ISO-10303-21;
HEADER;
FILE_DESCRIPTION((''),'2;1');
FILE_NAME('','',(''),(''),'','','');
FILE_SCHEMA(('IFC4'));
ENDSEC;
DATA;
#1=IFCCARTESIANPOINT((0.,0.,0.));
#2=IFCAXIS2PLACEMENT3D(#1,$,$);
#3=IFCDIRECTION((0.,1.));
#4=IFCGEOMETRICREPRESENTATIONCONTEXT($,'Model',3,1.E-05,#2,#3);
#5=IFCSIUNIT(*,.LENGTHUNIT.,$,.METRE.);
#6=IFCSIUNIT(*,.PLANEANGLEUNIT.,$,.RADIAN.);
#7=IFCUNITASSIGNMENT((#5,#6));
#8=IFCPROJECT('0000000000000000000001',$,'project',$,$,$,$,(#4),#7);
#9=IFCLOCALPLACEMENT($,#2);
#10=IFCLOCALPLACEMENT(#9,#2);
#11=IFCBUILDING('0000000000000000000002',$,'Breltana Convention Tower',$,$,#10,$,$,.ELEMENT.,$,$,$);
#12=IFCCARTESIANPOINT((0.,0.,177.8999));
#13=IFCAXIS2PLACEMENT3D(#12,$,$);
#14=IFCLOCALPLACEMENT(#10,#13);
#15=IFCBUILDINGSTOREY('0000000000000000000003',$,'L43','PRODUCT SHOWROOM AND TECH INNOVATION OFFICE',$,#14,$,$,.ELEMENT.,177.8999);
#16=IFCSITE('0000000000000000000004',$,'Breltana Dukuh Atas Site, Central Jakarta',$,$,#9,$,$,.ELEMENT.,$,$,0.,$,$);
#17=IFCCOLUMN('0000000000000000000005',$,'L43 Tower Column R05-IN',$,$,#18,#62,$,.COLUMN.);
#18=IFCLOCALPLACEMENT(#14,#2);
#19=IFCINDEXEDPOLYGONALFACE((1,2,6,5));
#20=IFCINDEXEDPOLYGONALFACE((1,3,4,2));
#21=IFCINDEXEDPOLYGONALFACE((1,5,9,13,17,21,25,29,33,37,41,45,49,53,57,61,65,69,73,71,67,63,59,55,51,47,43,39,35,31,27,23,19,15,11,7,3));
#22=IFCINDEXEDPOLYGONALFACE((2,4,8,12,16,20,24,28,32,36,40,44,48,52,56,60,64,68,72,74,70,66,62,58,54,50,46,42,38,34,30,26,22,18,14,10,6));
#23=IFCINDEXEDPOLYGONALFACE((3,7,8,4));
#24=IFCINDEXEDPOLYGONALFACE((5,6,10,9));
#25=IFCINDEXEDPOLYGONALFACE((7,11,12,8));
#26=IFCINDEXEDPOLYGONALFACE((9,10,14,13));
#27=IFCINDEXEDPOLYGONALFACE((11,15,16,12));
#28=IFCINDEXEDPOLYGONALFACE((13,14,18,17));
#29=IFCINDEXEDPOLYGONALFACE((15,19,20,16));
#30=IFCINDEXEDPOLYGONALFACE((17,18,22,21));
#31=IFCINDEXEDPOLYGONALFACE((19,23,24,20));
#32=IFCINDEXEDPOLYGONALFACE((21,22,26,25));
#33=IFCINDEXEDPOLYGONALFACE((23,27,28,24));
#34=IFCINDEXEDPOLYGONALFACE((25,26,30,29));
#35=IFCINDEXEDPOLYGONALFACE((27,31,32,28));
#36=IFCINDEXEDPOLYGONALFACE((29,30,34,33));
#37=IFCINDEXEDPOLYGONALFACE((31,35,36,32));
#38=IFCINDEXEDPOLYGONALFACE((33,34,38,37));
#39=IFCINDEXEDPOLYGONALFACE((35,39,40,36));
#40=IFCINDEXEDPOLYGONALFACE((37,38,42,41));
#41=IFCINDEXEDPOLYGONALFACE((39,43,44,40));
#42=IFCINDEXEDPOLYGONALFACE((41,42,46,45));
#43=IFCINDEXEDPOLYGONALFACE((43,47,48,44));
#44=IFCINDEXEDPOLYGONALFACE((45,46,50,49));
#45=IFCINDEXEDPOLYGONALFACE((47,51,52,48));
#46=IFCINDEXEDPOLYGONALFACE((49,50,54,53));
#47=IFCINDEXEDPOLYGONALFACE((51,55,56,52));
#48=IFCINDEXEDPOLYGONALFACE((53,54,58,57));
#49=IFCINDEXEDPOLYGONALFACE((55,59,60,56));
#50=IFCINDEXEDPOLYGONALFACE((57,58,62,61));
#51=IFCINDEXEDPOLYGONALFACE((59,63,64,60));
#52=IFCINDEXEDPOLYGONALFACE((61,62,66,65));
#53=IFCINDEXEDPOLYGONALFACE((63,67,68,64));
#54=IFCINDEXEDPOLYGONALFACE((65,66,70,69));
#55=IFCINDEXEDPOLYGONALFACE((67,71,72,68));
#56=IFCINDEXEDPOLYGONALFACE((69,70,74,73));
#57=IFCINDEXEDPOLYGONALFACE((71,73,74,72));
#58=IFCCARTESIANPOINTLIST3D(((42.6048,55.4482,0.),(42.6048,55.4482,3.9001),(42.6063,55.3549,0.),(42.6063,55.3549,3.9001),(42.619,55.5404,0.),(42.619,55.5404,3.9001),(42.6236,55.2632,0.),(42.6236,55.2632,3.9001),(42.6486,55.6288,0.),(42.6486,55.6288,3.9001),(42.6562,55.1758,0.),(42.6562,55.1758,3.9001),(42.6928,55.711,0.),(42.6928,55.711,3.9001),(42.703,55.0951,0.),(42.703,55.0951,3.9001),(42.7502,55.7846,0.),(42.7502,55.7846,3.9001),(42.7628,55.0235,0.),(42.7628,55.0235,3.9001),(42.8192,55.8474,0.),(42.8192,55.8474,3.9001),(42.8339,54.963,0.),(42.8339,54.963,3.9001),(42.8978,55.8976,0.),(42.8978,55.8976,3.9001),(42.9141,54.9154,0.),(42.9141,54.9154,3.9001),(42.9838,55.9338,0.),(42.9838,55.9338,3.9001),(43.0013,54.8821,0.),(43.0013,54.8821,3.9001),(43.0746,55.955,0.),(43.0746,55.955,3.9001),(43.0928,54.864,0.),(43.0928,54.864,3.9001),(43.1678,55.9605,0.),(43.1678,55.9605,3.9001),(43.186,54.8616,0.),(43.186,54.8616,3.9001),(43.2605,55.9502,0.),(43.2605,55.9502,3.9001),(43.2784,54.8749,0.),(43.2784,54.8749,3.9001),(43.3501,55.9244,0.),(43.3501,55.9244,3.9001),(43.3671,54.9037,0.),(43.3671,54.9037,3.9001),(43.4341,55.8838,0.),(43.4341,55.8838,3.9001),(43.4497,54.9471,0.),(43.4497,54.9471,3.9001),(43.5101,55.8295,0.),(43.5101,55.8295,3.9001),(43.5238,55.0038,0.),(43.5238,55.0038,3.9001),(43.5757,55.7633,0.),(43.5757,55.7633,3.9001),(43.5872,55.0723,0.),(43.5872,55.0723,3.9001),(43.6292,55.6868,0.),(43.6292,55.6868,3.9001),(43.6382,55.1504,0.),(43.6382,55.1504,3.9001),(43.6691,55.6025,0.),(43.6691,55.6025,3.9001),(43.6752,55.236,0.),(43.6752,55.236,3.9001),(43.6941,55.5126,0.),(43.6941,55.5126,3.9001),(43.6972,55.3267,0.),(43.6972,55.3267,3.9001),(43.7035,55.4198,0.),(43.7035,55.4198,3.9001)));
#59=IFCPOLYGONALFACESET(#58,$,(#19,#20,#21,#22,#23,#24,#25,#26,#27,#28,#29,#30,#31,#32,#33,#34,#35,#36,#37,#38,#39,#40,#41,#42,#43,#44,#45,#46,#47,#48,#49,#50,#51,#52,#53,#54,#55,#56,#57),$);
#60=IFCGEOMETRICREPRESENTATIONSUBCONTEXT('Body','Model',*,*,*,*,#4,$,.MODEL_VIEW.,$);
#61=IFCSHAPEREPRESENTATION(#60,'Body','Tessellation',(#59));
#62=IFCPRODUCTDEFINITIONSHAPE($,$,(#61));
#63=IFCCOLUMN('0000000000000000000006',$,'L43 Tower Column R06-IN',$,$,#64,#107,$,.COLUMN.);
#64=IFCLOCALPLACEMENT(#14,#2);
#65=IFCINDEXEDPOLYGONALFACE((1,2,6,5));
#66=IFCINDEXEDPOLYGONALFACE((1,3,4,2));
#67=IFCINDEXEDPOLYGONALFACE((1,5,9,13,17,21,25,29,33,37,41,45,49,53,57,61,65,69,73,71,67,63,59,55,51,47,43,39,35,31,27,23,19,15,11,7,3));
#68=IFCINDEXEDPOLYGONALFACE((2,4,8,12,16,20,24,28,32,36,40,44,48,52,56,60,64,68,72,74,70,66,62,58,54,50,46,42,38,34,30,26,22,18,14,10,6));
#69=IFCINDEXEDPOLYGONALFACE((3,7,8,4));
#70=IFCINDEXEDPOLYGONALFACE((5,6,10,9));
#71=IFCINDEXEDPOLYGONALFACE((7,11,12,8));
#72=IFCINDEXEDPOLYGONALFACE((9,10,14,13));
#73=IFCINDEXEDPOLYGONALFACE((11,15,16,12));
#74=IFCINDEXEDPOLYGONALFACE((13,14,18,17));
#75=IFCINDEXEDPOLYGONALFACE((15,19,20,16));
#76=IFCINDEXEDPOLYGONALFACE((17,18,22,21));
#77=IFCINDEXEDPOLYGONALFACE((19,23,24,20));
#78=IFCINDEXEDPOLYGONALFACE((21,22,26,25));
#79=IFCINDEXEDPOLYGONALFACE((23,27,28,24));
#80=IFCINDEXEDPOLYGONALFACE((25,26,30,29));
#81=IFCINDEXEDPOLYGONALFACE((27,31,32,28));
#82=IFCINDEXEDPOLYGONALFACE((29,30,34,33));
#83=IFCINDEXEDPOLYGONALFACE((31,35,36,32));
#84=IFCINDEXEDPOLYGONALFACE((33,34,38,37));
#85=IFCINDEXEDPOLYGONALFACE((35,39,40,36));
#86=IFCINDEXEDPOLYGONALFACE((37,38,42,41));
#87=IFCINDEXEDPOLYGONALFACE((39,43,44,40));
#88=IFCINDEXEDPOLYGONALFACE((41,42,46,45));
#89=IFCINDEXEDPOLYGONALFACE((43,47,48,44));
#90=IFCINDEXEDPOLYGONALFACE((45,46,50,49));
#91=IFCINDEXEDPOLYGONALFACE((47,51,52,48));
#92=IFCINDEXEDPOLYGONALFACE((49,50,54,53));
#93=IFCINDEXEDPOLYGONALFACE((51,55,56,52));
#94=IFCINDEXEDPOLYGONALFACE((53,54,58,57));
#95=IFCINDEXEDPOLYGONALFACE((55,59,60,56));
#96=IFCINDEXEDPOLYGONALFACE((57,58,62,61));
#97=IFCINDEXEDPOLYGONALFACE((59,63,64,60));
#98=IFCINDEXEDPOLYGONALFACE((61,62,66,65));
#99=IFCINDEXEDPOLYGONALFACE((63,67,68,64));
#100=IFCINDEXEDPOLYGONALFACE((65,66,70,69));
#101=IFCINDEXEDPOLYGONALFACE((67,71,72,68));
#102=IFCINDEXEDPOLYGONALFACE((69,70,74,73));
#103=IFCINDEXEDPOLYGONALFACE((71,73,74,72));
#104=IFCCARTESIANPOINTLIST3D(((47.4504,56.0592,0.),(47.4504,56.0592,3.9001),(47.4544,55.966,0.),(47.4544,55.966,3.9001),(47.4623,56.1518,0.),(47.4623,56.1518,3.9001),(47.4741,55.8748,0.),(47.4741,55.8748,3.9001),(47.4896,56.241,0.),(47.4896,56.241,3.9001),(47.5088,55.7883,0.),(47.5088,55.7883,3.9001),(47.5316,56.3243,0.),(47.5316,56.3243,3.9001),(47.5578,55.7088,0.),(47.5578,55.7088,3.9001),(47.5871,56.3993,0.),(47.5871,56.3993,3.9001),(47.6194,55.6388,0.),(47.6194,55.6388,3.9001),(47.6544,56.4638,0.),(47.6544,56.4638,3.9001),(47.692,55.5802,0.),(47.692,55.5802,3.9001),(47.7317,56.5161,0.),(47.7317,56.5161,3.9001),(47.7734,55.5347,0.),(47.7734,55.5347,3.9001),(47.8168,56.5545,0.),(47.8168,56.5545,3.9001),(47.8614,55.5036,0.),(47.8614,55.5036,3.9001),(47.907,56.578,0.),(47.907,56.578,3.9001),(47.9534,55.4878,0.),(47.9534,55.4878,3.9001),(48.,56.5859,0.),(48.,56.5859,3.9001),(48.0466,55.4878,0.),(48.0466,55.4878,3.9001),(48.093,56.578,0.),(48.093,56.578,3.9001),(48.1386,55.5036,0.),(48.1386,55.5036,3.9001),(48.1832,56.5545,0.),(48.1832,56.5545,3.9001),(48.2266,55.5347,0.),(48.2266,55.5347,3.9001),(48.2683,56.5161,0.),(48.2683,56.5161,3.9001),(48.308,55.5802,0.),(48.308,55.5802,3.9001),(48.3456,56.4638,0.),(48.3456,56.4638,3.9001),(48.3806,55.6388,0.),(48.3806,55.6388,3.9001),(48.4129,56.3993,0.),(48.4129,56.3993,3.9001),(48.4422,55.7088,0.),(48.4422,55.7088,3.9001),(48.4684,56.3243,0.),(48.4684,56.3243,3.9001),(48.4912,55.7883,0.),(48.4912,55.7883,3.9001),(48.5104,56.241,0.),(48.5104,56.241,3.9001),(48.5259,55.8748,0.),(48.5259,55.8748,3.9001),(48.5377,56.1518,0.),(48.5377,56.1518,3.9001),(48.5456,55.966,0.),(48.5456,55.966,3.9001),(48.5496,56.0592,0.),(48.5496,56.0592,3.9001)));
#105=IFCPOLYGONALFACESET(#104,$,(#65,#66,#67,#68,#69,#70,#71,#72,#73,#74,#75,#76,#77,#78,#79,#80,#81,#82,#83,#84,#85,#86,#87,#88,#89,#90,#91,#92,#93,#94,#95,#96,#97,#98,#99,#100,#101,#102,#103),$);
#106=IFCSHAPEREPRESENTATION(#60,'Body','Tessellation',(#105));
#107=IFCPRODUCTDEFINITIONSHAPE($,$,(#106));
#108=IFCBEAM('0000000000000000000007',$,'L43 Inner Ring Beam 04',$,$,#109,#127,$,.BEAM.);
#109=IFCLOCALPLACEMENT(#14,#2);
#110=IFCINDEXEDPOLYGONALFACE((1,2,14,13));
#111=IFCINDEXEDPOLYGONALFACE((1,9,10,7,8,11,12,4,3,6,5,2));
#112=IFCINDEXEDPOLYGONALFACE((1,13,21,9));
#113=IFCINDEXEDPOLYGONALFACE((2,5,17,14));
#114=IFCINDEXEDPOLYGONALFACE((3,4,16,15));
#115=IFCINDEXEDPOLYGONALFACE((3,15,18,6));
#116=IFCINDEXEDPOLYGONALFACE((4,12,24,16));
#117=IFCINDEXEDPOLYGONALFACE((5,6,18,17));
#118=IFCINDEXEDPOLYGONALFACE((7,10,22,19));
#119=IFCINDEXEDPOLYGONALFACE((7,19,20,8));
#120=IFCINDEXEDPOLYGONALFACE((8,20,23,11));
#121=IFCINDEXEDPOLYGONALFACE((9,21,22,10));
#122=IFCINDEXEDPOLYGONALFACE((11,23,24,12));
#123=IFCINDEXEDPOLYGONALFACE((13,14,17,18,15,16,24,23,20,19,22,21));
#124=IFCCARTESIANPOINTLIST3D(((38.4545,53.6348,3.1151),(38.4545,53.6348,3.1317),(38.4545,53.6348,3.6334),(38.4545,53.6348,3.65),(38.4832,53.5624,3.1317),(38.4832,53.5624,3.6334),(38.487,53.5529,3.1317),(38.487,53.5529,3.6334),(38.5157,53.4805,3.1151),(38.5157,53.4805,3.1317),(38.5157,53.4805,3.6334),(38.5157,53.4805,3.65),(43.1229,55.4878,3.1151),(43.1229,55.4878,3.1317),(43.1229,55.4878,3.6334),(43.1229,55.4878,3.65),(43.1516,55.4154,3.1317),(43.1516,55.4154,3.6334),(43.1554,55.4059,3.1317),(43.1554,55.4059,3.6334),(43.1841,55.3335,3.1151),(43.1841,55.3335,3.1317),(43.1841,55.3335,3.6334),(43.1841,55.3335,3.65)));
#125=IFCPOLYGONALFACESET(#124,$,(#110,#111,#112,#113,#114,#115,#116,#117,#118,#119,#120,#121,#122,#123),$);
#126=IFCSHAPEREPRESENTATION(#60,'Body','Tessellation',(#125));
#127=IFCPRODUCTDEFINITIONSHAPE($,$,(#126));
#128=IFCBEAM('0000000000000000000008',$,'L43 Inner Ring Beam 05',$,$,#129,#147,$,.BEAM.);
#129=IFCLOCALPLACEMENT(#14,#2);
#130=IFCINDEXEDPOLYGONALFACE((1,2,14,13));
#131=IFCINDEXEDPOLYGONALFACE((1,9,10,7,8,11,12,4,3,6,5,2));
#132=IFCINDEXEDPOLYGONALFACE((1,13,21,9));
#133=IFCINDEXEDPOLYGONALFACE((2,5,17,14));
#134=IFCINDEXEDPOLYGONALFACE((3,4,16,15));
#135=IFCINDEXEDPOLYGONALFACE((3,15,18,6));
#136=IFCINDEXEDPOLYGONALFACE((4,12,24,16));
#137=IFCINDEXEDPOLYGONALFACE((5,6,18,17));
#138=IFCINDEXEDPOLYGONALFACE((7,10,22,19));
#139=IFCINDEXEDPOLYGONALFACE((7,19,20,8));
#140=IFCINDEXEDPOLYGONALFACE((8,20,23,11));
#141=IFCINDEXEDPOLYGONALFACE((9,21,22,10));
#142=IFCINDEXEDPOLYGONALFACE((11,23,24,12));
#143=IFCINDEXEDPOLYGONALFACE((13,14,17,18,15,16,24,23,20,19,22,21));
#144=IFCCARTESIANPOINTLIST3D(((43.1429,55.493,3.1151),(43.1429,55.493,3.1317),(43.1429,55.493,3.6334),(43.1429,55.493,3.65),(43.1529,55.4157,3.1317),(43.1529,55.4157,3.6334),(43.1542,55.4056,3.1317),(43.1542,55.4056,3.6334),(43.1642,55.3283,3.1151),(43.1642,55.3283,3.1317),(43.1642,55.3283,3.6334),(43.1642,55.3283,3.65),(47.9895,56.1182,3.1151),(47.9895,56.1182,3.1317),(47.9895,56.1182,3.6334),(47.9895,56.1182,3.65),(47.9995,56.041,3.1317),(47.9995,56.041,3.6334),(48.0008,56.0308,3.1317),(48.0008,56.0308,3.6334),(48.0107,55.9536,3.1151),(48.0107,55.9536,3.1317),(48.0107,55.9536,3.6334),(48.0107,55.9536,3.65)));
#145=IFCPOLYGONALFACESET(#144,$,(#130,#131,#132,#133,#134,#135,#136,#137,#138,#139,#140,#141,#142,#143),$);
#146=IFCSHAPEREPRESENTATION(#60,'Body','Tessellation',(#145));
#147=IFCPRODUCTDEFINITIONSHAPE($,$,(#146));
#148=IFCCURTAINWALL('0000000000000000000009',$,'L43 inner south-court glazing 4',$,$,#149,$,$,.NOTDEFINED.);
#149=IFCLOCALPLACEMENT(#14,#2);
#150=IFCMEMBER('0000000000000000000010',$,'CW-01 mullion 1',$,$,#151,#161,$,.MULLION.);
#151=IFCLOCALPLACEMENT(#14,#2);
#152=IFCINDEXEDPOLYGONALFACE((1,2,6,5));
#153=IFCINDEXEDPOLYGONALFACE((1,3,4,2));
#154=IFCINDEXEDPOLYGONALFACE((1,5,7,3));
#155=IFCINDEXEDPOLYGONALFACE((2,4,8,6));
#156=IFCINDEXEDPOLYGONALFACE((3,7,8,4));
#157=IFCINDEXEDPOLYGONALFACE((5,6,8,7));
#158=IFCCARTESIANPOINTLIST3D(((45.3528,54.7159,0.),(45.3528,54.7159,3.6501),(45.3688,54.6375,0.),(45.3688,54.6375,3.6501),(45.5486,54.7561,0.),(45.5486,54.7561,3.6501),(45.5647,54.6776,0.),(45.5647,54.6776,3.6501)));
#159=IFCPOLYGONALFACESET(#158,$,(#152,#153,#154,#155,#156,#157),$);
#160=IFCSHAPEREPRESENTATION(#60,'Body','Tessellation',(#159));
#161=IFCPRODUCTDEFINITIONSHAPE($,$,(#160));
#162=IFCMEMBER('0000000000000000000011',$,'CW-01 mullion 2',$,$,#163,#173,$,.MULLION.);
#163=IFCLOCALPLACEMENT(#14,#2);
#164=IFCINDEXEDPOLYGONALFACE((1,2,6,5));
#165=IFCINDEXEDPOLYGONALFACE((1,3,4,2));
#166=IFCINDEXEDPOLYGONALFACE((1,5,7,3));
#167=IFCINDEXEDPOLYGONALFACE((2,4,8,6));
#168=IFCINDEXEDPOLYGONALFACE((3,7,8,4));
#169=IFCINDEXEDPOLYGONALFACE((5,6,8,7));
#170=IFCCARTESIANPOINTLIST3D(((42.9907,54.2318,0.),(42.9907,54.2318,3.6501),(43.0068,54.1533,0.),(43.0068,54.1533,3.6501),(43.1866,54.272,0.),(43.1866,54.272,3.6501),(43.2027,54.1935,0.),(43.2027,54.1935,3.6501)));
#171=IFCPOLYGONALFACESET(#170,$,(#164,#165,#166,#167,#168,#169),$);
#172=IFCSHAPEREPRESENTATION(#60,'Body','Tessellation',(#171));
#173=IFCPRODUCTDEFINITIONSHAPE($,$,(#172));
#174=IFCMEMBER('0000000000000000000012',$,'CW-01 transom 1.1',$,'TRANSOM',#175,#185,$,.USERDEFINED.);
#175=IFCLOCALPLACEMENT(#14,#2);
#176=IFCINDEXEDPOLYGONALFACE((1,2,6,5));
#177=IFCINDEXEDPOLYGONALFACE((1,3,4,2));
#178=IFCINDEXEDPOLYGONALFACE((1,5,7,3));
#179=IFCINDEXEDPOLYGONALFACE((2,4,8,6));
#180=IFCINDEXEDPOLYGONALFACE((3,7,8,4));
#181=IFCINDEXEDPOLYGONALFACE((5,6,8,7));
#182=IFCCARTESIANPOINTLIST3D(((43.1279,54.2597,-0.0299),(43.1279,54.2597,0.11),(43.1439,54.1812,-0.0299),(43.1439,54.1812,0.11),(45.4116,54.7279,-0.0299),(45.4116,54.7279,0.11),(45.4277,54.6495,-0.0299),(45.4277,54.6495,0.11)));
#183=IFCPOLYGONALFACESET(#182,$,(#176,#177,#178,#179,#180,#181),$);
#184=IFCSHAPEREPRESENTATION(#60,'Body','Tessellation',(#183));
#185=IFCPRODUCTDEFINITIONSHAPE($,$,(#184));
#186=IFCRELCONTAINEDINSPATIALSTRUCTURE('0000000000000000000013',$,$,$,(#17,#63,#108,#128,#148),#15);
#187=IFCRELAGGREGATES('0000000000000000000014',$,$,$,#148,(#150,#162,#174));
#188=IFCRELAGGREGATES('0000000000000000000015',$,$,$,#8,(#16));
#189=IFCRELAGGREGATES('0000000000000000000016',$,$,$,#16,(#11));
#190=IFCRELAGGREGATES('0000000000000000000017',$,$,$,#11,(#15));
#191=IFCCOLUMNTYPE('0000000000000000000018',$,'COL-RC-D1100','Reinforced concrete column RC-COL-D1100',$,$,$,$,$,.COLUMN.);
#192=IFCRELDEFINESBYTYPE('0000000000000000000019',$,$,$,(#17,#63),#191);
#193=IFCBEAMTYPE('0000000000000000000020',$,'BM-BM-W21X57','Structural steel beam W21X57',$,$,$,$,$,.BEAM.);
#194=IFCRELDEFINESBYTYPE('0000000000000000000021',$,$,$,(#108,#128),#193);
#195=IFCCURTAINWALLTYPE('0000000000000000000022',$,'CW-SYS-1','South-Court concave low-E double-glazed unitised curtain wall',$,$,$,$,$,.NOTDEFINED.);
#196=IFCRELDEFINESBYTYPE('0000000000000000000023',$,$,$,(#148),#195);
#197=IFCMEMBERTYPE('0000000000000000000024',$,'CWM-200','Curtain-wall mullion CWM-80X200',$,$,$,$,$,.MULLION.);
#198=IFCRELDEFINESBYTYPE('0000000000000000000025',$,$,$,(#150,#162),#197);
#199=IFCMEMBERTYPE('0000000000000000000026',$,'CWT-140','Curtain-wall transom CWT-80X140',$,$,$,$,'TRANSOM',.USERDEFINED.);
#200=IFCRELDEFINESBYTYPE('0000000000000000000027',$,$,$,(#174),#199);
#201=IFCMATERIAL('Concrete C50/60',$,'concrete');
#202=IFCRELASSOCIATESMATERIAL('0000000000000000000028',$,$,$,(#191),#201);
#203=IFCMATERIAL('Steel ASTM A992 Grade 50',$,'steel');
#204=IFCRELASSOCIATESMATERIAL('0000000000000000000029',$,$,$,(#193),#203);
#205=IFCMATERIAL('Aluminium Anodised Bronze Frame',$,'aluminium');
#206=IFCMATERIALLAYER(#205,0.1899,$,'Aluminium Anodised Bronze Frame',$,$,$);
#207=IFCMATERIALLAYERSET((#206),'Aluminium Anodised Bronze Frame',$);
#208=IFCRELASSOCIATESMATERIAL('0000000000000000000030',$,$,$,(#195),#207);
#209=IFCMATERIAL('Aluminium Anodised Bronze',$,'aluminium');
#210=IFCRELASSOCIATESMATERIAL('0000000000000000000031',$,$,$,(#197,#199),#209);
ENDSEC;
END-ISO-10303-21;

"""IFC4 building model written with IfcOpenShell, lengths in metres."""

from ifc_helpers import new_model, si_unit, direction, frame, origin, origin_2d, place, context, subcontext, project, spatial, rectangle, circle, i_section, extrude, source, transform, mapped, material, layer, layer_set, material_profile, profile_set, type_object, element, aggregate, save


model = new_model("IFC4")

# Units and contexts
model_context = context("Model", 3, precision=1e-05, world=origin(), true_north=direction((0.0, 1.0)))
body_context = subcontext(model_context, "Body", "Model", "MODEL_VIEW")
ifc_project = project(units=[si_unit("LENGTHUNIT", "METRE"), si_unit("PLANEANGLEUNIT", "RADIAN")], contexts=[model_context])

# Site, building, storey
site_placement = place(None, origin())
site = spatial("IfcSite", under=ifc_project, at=site_placement, Name="Breltana Dukuh Atas Site, Central Jakarta", CompositionType="ELEMENT", RefElevation=0.0)
building_placement = place(site_placement, origin())
building = spatial("IfcBuilding", under=site, at=building_placement, Name="Breltana Convention Tower", CompositionType="ELEMENT")
storey_placement = place(building_placement, frame((0.0, 0.0, 177.8999)))
storey = spatial("IfcBuildingStorey", under=building, at=storey_placement, Name="L43", Description="PRODUCT SHOWROOM AND TECH INNOVATION OFFICE", CompositionType="ELEMENT", Elevation=177.8999)

# Columns
ifc_material_1 = material(Name="Concrete C50/60", Category="concrete")
ifc_material_profile_1 = material_profile(ifc_material_1, circle(Radius=0.55, at=origin_2d()), Name="RC-COL-D1100")
ifc_profile_set_1 = profile_set([ifc_material_profile_1], Name="Concrete C50/60")
column_type = type_object("IfcColumnType", Name="COL-RC-D1100", Description="Reinforced concrete column RC-COL-D1100", PredefinedType="COLUMN", material=ifc_profile_set_1)
shared_shape_1 = source(origin(), body_context, "Body", "SweptSolid", [
    extrude(circle(Radius=0.55, at=origin_2d()), origin(), (0.0, 0.0, 1.0), 3.9001),
])
for number, where, z_axis, x_axis, name in (
    (1, (43.1536, 55.4106, 0.0), (0.0, 0.0, 1.0), (-0.143493, 0.989651, 0.0), "L43 Tower Column R05-IN"),
    (2, (48.0, 56.0359, 0.0), (0.0, 0.0, 1.0), (0.0, 1.0, 0.0), "L43 Tower Column R06-IN"),
):
    element("IfcColumn", number, at=place(storey_placement, frame(where, z_axis=z_axis, x_axis=x_axis)), inside=storey, type_object=column_type, Name=name, PredefinedType="COLUMN", context=body_context, shape_type="MappedRepresentation", body=[
        mapped(shared_shape_1, transform((0.0, 0.0, 0.0), scale=1.0)),
    ])

# Beams
ifc_material_2 = material(Name="Steel ASTM A992 Grade 50", Category="steel")
ifc_material_profile_2 = material_profile(ifc_material_2, i_section(OverallWidth=0.166, OverallDepth=0.5349, WebThickness=0.0103, FlangeThickness=0.0166, at=origin_2d()), Name="W21X57")
ifc_profile_set_2 = profile_set([ifc_material_profile_2], Name="Steel ASTM A992 Grade 50")
beam_type = type_object("IfcBeamType", Name="BM-BM-W21X57", Description="Structural steel beam W21X57", PredefinedType="BEAM", material=ifc_profile_set_2)
shared_shape_2 = source(origin(), body_context, "Body", "SweptSolid", [
    extrude(i_section(OverallWidth=0.166, OverallDepth=0.5349, WebThickness=0.0103, FlangeThickness=0.0166, at=origin_2d()), origin(), (0.0, 0.0, 1.0), 5.0227),
])
beam_1_placement = place(storey_placement, frame((38.4851, 53.5576, 3.3826), z_axis=(0.929459, 0.368926, 0.0), x_axis=(-0.368926, 0.929459, 0.0)))
element("IfcBeam", 3, at=beam_1_placement, inside=storey, type_object=beam_type, Name="L43 Inner Ring Beam 04", PredefinedType="BEAM", context=body_context, shape_type="MappedRepresentation", body=[
    mapped(shared_shape_2, transform((0.0, 0.0, 0.0), scale=1.0)),
])
shared_shape_3 = source(origin(), body_context, "Body", "SweptSolid", [
    extrude(i_section(OverallWidth=0.166, OverallDepth=0.5349, WebThickness=0.0103, FlangeThickness=0.0166, at=origin_2d()), origin(), (0.0, 0.0, 1.0), 4.8867),
])
beam_2_placement = place(storey_placement, frame((43.1536, 55.4106, 3.3826), z_axis=(0.991781, 0.127951, 0.0), x_axis=(-0.127951, 0.991781, 0.0)))
element("IfcBeam", 4, at=beam_2_placement, inside=storey, type_object=beam_type, Name="L43 Inner Ring Beam 05", PredefinedType="BEAM", context=body_context, shape_type="MappedRepresentation", body=[
    mapped(shared_shape_3, transform((0.0, 0.0, 0.0), scale=1.0)),
])

# Curtain wall, members
ifc_material_3 = material(Name="Aluminium Anodised Bronze Frame", Category="aluminium")
ifc_layer_1 = layer(ifc_material_3, 0.1899, Name="Aluminium Anodised Bronze Frame")
ifc_layer_set_1 = layer_set([ifc_layer_1], Name="Aluminium Anodised Bronze Frame")
curtain_wall_type = type_object("IfcCurtainWallType", Name="CW-SYS-1", Description="South-Court concave low-E double-glazed unitised curtain wall", PredefinedType="NOTDEFINED", material=ifc_layer_set_1)
curtain_wall_placement = place(storey_placement, origin())
curtain_wall = element("IfcCurtainWall", 5, at=curtain_wall_placement, inside=storey, type_object=curtain_wall_type, Name="L43 inner south-court glazing 4", PredefinedType="NOTDEFINED")
ifc_material_4 = material(Name="Aluminium Anodised Bronze", Category="aluminium")
ifc_material_profile_3 = material_profile(ifc_material_4, rectangle(XDim=0.0801, YDim=0.2, at=origin_2d()), Name="CWM-80X200")
ifc_profile_set_3 = profile_set([ifc_material_profile_3], Name="Aluminium Anodised Bronze")
member_type_1 = type_object("IfcMemberType", Name="CWM-200", Description="Curtain-wall mullion CWM-80X200", PredefinedType="MULLION", material=ifc_profile_set_3)
shared_shape_4 = source(origin(), body_context, "Body", "SweptSolid", [
    extrude(rectangle(XDim=0.0801, YDim=0.2, at=origin_2d()), origin(), (0.0, 0.0, 1.0), 3.6501),
])
member_1_placement = place(storey_placement, frame((45.4587, 54.6968, 0.0), z_axis=(0.0, 0.0, 1.0), x_axis=(0.200861, -0.97962, 0.0)))
member_1 = element("IfcMember", 6, at=member_1_placement, type_object=member_type_1, Name="CW-01 mullion 1", PredefinedType="MULLION", context=body_context, shape_type="MappedRepresentation", body=[
    mapped(shared_shape_4, transform((0.0, 0.0, 0.0), scale=1.0)),
])
member_2_placement = place(storey_placement, frame((43.0967, 54.2126, 0.0), z_axis=(0.0, 0.0, 1.0), x_axis=(0.200861, -0.97962, 0.0)))
member_2 = element("IfcMember", 7, at=member_2_placement, type_object=member_type_1, Name="CW-01 mullion 2", PredefinedType="MULLION", context=body_context, shape_type="MappedRepresentation", body=[
    mapped(shared_shape_4, transform((0.0, 0.0, 0.0), scale=1.0)),
])
ifc_material_profile_4 = material_profile(ifc_material_4, rectangle(XDim=0.0801, YDim=0.1399, at=origin_2d()), Name="CWT-80X140")
ifc_profile_set_4 = profile_set([ifc_material_profile_4], Name="Aluminium Anodised Bronze")
member_type_2 = type_object("IfcMemberType", Name="CWT-140", Description="Curtain-wall transom CWT-80X140", ElementType="TRANSOM", PredefinedType="USERDEFINED", material=ifc_profile_set_4)
shared_shape_5 = source(origin(), body_context, "Body", "SweptSolid", [
    extrude(rectangle(XDim=0.0801, YDim=0.1399, at=origin_2d()), origin(), (0.0, 0.0, 1.0), 2.3313),
])
member_3_placement = place(storey_placement, frame((45.4197, 54.6887, 0.04), z_axis=(-0.979619, -0.200867, 0.0), x_axis=(0.200867, -0.979619, 0.0)))
member_3 = element("IfcMember", 8, at=member_3_placement, type_object=member_type_2, Name="CW-01 transom 1.1", ObjectType="TRANSOM", PredefinedType="USERDEFINED", context=body_context, shape_type="MappedRepresentation", body=[
    mapped(shared_shape_5, transform((0.0, 0.0, 0.0), scale=1.0)),
])
aggregate(curtain_wall, [member_1, member_2, member_3])

save(model, "model.ifc")
